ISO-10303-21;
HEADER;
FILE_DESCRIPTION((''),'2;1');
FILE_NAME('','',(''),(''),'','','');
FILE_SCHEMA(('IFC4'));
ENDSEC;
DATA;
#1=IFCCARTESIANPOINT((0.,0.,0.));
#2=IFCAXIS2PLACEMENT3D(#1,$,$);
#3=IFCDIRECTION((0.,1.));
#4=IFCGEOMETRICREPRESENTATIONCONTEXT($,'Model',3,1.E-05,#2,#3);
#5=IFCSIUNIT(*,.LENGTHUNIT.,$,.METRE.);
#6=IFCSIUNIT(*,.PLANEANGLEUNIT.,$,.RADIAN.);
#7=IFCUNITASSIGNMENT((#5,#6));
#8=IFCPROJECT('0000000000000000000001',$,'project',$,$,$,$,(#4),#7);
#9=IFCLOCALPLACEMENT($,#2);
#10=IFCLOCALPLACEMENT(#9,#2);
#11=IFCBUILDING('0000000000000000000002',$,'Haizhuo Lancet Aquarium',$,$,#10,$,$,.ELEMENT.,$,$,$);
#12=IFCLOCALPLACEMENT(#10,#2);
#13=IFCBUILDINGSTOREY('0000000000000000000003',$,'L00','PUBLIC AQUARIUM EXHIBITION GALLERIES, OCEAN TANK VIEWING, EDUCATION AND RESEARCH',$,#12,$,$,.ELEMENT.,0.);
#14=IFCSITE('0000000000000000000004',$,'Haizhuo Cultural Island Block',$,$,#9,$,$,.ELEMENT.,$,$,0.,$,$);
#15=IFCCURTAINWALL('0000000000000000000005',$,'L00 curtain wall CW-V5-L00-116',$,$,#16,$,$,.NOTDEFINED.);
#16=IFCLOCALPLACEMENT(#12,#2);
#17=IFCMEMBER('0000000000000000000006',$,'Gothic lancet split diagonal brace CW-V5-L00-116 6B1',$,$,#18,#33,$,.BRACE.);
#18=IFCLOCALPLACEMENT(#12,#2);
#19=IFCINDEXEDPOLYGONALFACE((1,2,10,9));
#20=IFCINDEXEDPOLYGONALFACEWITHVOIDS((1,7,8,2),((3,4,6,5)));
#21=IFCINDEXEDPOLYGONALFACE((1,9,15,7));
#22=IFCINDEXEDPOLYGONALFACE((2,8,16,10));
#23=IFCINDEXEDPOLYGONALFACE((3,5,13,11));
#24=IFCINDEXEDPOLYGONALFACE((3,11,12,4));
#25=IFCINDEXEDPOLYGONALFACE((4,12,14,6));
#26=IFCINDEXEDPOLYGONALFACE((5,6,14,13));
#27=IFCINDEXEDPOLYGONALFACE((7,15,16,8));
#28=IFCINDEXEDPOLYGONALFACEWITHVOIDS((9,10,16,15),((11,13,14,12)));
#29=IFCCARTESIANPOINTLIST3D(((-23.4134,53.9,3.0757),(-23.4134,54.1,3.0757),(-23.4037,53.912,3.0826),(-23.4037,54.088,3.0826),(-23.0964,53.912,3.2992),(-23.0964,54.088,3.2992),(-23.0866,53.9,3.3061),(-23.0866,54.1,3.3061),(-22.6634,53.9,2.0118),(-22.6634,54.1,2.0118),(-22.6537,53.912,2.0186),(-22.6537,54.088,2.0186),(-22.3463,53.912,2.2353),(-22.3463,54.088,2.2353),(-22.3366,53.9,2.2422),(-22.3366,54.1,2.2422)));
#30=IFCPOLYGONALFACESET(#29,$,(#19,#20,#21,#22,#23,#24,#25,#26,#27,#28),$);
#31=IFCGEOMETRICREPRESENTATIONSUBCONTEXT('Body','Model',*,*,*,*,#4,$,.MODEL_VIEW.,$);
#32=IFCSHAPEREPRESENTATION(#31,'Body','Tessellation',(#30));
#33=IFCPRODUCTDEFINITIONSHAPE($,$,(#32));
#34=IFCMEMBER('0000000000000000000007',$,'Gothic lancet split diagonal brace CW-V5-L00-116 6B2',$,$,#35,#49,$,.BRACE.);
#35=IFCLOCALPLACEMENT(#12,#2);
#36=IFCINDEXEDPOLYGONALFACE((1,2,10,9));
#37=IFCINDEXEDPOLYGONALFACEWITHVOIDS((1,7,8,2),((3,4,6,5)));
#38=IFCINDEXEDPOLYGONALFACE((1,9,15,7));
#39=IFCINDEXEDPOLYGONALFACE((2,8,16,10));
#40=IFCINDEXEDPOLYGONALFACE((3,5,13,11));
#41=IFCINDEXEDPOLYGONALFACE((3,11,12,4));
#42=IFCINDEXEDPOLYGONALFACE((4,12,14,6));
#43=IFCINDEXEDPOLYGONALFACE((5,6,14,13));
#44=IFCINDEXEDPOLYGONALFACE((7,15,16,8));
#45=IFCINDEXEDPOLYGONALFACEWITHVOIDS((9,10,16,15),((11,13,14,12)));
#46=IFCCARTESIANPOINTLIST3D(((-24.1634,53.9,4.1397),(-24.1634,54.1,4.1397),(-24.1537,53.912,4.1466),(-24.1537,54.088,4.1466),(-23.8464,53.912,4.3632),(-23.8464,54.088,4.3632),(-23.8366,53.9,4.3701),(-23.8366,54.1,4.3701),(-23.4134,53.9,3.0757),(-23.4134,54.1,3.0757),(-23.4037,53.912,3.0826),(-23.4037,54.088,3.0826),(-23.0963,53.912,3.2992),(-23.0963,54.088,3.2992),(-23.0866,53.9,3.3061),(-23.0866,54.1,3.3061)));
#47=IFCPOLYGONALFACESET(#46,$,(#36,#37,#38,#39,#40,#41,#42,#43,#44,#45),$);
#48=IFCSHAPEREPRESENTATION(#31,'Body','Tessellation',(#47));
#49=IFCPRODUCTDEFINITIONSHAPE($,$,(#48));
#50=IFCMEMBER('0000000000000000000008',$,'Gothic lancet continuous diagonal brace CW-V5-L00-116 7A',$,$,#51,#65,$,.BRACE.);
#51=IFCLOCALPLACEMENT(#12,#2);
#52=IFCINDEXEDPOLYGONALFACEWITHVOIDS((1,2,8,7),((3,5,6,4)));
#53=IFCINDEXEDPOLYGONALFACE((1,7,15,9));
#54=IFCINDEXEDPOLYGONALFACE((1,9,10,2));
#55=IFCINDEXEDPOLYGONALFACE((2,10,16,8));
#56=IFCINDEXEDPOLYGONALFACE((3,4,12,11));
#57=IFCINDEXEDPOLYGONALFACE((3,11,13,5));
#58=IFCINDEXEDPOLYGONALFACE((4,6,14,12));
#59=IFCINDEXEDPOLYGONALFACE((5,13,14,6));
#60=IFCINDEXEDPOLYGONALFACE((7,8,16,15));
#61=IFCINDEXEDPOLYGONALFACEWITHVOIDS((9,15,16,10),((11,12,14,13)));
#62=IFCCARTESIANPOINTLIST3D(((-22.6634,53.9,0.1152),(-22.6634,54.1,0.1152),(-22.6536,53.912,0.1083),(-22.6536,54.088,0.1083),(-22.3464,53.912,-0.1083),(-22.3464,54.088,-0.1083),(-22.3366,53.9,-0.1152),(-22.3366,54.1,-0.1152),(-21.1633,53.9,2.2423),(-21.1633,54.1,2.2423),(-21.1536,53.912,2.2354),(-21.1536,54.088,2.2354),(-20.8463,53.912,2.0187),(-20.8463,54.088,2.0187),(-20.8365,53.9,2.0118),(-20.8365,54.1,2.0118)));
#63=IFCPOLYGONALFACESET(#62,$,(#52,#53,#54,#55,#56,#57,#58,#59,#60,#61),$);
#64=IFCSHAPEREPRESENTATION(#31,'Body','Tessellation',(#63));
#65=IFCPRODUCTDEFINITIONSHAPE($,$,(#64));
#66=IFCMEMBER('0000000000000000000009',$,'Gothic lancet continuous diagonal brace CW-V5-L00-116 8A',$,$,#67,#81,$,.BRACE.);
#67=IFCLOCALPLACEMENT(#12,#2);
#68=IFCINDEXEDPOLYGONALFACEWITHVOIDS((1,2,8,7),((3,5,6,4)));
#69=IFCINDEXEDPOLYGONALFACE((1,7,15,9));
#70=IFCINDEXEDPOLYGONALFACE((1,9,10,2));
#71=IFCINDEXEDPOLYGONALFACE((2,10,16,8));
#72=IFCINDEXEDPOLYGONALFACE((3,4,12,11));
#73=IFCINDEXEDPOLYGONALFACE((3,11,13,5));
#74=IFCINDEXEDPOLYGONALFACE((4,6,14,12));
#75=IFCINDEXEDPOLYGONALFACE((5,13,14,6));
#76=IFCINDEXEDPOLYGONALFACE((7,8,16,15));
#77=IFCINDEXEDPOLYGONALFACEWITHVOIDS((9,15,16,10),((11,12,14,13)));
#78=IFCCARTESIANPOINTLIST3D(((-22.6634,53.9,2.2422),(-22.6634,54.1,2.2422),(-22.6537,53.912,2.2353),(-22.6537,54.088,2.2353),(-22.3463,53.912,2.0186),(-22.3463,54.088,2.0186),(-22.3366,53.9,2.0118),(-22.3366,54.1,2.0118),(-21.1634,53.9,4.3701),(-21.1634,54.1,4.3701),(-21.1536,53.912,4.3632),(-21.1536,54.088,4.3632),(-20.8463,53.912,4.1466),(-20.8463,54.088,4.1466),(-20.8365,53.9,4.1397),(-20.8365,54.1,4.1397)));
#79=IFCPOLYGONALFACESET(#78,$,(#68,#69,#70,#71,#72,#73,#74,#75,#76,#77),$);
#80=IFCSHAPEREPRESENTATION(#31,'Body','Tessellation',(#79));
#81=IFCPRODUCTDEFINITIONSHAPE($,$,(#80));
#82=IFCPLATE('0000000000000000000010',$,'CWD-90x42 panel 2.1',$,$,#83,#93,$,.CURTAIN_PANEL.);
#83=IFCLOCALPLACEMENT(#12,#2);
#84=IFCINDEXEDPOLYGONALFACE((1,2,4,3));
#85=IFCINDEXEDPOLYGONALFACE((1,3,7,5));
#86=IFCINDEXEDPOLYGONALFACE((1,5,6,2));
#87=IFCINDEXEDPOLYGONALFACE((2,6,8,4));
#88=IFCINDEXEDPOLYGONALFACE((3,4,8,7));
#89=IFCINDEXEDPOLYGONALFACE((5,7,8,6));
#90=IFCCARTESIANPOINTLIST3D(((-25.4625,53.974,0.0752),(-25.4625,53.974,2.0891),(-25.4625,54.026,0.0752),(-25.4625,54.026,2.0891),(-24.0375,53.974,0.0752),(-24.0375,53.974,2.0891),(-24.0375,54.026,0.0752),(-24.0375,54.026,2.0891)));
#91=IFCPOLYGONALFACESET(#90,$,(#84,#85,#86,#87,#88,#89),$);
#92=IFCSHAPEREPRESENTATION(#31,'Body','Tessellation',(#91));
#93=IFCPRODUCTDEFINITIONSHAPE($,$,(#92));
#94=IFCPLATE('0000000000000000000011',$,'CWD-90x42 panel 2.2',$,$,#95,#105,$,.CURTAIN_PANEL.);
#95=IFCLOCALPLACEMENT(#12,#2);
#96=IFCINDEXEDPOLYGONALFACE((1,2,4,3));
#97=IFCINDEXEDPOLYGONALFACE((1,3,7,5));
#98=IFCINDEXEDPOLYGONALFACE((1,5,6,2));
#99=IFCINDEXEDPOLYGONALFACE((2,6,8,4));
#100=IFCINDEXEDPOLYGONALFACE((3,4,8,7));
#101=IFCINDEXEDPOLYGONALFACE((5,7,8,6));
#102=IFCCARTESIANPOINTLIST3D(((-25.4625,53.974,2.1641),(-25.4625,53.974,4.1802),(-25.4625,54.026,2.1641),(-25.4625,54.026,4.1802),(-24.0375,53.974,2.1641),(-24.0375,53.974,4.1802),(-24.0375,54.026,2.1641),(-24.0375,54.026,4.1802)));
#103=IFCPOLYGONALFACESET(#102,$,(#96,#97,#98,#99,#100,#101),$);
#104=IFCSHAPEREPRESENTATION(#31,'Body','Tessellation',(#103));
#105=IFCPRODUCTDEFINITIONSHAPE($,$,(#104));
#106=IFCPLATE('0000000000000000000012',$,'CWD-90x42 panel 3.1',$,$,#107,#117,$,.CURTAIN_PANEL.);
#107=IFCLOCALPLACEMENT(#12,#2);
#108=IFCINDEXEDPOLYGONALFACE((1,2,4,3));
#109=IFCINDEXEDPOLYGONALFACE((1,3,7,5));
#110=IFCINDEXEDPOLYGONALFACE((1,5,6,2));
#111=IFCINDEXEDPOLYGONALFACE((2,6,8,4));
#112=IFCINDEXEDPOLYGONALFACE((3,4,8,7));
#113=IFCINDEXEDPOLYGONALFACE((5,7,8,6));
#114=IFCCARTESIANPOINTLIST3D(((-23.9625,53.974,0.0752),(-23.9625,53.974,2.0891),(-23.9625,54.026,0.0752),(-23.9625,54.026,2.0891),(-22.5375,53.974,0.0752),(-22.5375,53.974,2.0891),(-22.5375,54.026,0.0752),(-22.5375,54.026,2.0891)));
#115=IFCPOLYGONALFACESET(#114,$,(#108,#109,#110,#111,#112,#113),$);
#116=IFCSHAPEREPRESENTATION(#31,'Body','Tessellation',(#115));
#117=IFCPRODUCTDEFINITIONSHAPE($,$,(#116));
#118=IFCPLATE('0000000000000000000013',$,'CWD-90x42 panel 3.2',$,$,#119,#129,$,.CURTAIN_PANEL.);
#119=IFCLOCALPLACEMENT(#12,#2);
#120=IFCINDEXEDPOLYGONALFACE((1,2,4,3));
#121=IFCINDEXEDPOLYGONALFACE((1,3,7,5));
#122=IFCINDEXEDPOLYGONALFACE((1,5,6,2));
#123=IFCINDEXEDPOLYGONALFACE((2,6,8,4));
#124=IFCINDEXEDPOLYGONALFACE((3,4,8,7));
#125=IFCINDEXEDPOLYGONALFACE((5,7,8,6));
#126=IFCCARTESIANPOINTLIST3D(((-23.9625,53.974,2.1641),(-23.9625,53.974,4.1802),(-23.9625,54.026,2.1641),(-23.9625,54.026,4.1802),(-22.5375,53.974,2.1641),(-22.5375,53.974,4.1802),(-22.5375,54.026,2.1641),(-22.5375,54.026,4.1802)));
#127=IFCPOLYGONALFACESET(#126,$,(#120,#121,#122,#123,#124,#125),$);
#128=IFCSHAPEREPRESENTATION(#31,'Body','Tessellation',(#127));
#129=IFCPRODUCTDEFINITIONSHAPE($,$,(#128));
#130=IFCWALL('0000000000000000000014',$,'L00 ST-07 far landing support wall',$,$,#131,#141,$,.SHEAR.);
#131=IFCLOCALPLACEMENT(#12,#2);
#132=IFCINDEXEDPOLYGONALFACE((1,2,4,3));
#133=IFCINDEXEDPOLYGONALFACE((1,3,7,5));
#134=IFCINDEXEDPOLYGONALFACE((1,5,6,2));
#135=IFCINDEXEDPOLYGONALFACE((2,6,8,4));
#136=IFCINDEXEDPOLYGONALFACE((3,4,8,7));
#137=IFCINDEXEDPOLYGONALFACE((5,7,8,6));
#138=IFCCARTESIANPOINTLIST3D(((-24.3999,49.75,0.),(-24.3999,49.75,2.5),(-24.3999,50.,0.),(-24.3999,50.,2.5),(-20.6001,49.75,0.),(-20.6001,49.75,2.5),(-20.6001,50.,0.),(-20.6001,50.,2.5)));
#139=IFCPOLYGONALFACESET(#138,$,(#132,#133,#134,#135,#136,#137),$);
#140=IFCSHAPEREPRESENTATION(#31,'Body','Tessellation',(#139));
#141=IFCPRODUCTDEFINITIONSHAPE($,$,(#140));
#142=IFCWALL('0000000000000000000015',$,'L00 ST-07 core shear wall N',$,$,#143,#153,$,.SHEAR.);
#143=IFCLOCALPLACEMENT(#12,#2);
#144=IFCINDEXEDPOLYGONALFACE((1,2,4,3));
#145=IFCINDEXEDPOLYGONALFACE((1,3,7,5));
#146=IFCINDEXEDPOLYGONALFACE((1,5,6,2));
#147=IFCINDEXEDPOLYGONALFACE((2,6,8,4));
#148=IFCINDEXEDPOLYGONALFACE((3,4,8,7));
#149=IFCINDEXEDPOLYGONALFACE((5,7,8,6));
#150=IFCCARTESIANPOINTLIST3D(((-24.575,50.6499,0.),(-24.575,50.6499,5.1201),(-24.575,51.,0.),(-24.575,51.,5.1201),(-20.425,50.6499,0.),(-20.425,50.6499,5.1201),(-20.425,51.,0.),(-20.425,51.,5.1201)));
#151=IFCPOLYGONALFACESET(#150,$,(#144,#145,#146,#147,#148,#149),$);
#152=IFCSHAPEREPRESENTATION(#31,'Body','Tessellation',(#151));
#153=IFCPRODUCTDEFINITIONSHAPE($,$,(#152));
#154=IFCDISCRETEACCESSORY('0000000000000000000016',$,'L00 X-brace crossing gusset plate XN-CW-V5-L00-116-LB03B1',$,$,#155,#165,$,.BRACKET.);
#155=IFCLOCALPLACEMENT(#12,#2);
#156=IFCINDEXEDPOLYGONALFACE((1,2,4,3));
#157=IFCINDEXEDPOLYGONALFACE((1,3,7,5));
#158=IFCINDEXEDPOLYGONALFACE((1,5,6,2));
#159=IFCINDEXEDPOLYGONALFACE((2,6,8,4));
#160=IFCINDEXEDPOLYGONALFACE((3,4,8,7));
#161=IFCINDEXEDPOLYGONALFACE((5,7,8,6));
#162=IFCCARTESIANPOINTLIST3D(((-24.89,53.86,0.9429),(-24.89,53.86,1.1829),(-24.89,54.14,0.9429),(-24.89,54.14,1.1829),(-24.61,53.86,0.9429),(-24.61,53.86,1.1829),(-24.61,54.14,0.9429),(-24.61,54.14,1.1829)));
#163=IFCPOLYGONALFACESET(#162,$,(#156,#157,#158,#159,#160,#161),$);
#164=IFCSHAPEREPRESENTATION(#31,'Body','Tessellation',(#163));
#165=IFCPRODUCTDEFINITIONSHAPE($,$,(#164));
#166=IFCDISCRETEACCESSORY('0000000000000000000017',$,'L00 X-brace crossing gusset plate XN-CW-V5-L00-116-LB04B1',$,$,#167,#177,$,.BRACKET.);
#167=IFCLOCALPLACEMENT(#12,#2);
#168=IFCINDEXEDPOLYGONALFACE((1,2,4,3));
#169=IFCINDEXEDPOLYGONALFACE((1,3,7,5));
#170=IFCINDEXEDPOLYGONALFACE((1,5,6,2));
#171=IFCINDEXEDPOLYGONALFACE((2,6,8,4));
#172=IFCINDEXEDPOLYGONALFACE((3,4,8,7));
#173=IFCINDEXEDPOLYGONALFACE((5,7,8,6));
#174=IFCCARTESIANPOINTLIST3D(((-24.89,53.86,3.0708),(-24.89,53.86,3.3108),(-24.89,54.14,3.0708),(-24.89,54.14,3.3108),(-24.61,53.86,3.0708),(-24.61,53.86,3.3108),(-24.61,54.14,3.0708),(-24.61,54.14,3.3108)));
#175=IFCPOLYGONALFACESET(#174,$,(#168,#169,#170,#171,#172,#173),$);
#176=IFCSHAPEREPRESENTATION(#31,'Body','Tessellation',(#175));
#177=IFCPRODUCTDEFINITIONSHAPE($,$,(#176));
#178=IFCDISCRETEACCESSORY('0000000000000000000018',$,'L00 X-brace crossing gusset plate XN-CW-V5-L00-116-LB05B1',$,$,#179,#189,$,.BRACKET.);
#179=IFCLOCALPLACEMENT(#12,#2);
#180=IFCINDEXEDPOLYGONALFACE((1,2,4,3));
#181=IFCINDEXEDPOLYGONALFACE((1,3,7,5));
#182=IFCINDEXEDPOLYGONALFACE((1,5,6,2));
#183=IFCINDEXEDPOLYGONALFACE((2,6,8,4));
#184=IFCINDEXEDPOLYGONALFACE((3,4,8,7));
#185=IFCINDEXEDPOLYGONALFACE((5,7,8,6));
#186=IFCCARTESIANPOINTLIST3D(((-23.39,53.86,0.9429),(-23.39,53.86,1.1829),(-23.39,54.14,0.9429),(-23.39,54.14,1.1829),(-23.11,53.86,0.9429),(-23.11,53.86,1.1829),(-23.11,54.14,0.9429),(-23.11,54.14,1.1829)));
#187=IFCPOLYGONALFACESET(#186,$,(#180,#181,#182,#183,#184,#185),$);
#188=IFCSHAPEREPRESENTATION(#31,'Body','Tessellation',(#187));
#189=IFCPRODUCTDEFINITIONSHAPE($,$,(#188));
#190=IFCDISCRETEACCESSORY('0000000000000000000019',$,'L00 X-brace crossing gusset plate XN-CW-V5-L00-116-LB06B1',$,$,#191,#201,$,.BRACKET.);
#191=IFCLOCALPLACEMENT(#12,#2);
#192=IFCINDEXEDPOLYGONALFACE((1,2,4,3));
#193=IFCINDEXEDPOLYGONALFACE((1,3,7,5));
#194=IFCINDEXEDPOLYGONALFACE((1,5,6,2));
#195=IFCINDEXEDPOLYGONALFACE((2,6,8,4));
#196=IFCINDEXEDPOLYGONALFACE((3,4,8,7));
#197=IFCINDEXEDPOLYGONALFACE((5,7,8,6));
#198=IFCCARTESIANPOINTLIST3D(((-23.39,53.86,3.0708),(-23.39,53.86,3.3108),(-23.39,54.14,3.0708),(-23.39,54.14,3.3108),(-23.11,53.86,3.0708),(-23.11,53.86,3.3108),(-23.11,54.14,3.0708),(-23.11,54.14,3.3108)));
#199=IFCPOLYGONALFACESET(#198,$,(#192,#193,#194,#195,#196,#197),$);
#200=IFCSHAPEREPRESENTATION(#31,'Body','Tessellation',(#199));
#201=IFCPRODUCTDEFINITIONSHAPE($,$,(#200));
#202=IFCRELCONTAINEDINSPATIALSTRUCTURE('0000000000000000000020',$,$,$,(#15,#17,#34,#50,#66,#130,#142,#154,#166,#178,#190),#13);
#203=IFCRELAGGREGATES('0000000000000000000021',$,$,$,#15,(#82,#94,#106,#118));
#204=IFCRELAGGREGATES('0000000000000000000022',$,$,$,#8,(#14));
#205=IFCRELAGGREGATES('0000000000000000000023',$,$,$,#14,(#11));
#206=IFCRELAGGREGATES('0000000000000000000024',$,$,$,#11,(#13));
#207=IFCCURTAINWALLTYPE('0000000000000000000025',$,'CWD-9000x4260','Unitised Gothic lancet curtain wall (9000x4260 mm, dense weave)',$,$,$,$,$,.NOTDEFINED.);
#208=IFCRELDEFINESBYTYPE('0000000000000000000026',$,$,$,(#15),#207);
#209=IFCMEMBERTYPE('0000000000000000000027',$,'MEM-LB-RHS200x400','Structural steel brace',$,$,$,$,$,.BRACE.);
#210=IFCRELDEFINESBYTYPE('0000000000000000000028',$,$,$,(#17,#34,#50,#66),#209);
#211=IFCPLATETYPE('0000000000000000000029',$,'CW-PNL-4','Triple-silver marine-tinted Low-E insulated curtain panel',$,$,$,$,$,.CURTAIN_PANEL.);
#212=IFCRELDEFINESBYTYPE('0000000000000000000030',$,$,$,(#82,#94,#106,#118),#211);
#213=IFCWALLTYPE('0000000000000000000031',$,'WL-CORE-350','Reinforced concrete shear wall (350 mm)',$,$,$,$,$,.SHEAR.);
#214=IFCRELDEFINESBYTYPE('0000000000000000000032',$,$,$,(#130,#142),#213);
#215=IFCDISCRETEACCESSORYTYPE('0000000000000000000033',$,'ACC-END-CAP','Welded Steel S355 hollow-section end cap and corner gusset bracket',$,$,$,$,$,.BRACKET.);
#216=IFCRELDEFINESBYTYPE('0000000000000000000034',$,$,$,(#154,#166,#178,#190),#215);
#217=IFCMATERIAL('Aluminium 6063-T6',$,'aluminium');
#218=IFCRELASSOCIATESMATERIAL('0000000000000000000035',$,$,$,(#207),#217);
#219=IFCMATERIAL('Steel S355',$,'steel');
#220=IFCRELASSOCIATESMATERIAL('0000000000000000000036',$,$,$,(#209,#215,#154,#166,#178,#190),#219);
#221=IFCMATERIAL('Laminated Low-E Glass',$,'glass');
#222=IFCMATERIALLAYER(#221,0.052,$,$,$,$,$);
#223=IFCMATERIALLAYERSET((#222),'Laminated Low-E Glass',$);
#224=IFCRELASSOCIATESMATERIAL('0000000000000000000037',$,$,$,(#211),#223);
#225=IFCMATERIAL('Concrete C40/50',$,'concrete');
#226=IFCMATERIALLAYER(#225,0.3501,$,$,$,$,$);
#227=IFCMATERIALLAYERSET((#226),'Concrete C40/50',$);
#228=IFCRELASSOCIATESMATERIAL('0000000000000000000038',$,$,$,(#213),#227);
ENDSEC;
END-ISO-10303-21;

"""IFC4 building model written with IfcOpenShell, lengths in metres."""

from ifc_helpers import new_model, si_unit, direction, frame, frame_2d, origin, origin_2d, place, context, subcontext, project, spatial, rectangle, hollow_rectangle, extrude, material, layer, layer_set, material_profile, profile_set, type_object, element, aggregate, save


model = new_model("IFC4")

# Units and contexts
model_context = context("Model", 3, precision=1e-05, world=origin(), true_north=direction((0.0, 1.0)))
body_context = subcontext(model_context, "Body", "Model", "MODEL_VIEW")
ifc_project = project(units=[si_unit("LENGTHUNIT", "METRE"), si_unit("PLANEANGLEUNIT", "RADIAN")], contexts=[model_context])

# Site, building, storey
site_placement = place(None, origin())
site = spatial("IfcSite", under=ifc_project, at=site_placement, Name="Haizhuo Cultural Island Block", CompositionType="ELEMENT", RefElevation=0.0)
building_placement = place(site_placement, origin())
building = spatial("IfcBuilding", under=site, at=building_placement, Name="Haizhuo Lancet Aquarium", CompositionType="ELEMENT")
storey_placement = place(building_placement, origin())
storey = spatial("IfcBuildingStorey", under=building, at=storey_placement, Name="L00", Description="PUBLIC AQUARIUM EXHIBITION GALLERIES, OCEAN TANK VIEWING, EDUCATION AND RESEARCH", CompositionType="ELEMENT", Elevation=0.0)

# Curtain wall
ifc_material_1 = material(Name="Aluminium 6063-T6", Category="aluminium")
curtain_wall_type = type_object("IfcCurtainWallType", Name="CWD-9000x4260", Description="Unitised Gothic lancet curtain wall (9000x4260 mm, dense weave)", PredefinedType="NOTDEFINED", material=ifc_material_1)
curtain_wall_placement = place(storey_placement, origin())
curtain_wall = element("IfcCurtainWall", 1, at=curtain_wall_placement, inside=storey, type_object=curtain_wall_type, Name="L00 curtain wall CW-V5-L00-116", PredefinedType="NOTDEFINED")

# Members
ifc_material_2 = material(Name="Steel S355", Category="steel")
ifc_material_profile_1 = material_profile(ifc_material_2, hollow_rectangle(XDim=0.2, YDim=0.3999, WallThickness=0.012, at=origin_2d()), Name="RHS 200x400x12")
ifc_profile_set_1 = profile_set([ifc_material_profile_1], Name="Steel S355")
member_type_1 = type_object("IfcMemberType", Name="MEM-LB-RHS200x400", Description="Structural steel brace", PredefinedType="BRACE", material=ifc_profile_set_1)
for number, where, z_axis, x_axis, name in (
    (2, (-22.5, 54.0, 2.127), (-0.576153, 0.0, 0.817342), (0.0, -1.0, 0.0), "Gothic lancet split diagonal brace CW-V5-L00-116 6B1"),
    (3, (-23.25, 54.0, 3.1909), (-0.576153, 0.0, 0.817342), (0.0, -1.0, 0.0), "Gothic lancet split diagonal brace CW-V5-L00-116 6B2"),
):
    element("IfcMember", number, at=place(storey_placement, frame(where, z_axis=z_axis, x_axis=x_axis)), inside=storey, type_object=member_type_1, Name=name, PredefinedType="BRACE", context=body_context, shape_type="SweptSolid", body=[
        extrude(hollow_rectangle(XDim=0.2, YDim=0.3999, WallThickness=0.012, at=origin_2d()), origin(), (0.0, 0.0, 1.0), 1.3018),
    ])
member_1_placement = place(storey_placement, frame((-22.5, 54.0, 0.0), z_axis=(0.57633, 0.0, 0.817217), x_axis=(0.0, 1.0, 0.0)))
element("IfcMember", 4, at=member_1_placement, inside=storey, type_object=member_type_1, Name="Gothic lancet continuous diagonal brace CW-V5-L00-116 7A", PredefinedType="BRACE", context=body_context, shape_type="SweptSolid", body=[
    extrude(hollow_rectangle(XDim=0.2, YDim=0.3999, WallThickness=0.012, at=origin_2d()), origin(), (0.0, 0.0, 1.0), 2.6028),
])
member_2_placement = place(storey_placement, frame((-22.5, 54.0, 2.127), z_axis=(0.576153, 0.0, 0.817342), x_axis=(0.0, 1.0, 0.0)))
element("IfcMember", 5, at=member_2_placement, inside=storey, type_object=member_type_1, Name="Gothic lancet continuous diagonal brace CW-V5-L00-116 8A", PredefinedType="BRACE", context=body_context, shape_type="SweptSolid", body=[
    extrude(hollow_rectangle(XDim=0.2, YDim=0.3999, WallThickness=0.012, at=origin_2d()), origin(), (0.0, 0.0, 1.0), 2.6035),
])

# Plates
ifc_material_3 = material(Name="Laminated Low-E Glass", Category="glass")
ifc_layer_1 = layer(ifc_material_3, 0.052)
ifc_layer_set_1 = layer_set([ifc_layer_1], Name="Laminated Low-E Glass")
plate_type = type_object("IfcPlateType", Name="CW-PNL-4", Description="Triple-silver marine-tinted Low-E insulated curtain panel", PredefinedType="CURTAIN_PANEL", material=ifc_layer_set_1)
plate_1_placement = place(storey_placement, frame((-24.75, 54.0, 0.0752), z_axis=(0.0, 0.0, 1.0), x_axis=(1.0, 0.0, 0.0)))
plate_1 = element("IfcPlate", 6, at=plate_1_placement, type_object=plate_type, Name="CWD-90x42 panel 2.1", PredefinedType="CURTAIN_PANEL", context=body_context, shape_type="SweptSolid", body=[
    extrude(rectangle(XDim=1.425, YDim=0.052, at=origin_2d()), origin(), (0.0, 0.0, 1.0), 2.0139),
])
plate_2_placement = place(storey_placement, frame((-24.75, 54.0, 2.1641), z_axis=(0.0, 0.0, 1.0), x_axis=(1.0, 0.0, 0.0)))
plate_2 = element("IfcPlate", 7, at=plate_2_placement, type_object=plate_type, Name="CWD-90x42 panel 2.2", PredefinedType="CURTAIN_PANEL", context=body_context, shape_type="SweptSolid", body=[
    extrude(rectangle(XDim=1.425, YDim=0.052, at=origin_2d()), origin(), (0.0, 0.0, 1.0), 2.0161),
])
plate_3_placement = place(storey_placement, frame((-23.25, 54.0, 0.0752), z_axis=(0.0, 0.0, 1.0), x_axis=(1.0, 0.0, 0.0)))
plate_3 = element("IfcPlate", 8, at=plate_3_placement, type_object=plate_type, Name="CWD-90x42 panel 3.1", PredefinedType="CURTAIN_PANEL", context=body_context, shape_type="SweptSolid", body=[
    extrude(rectangle(XDim=1.425, YDim=0.052, at=origin_2d()), origin(), (0.0, 0.0, 1.0), 2.0139),
])
plate_4_placement = place(storey_placement, frame((-23.25, 54.0, 2.1641), z_axis=(0.0, 0.0, 1.0), x_axis=(1.0, 0.0, 0.0)))
plate_4 = element("IfcPlate", 9, at=plate_4_placement, type_object=plate_type, Name="CWD-90x42 panel 3.2", PredefinedType="CURTAIN_PANEL", context=body_context, shape_type="SweptSolid", body=[
    extrude(rectangle(XDim=1.425, YDim=0.052, at=origin_2d()), origin(), (0.0, 0.0, 1.0), 2.0161),
])
aggregate(curtain_wall, [plate_1, plate_2, plate_3, plate_4])

# Walls
ifc_material_4 = material(Name="Concrete C40/50", Category="concrete")
ifc_layer_2 = layer(ifc_material_4, 0.3501)
ifc_layer_set_2 = layer_set([ifc_layer_2], Name="Concrete C40/50")
wall_type = type_object("IfcWallType", Name="WL-CORE-350", Description="Reinforced concrete shear wall (350 mm)", PredefinedType="SHEAR", material=ifc_layer_set_2)
wall_1_placement = place(storey_placement, frame((-24.3999, 49.875, 0.0), z_axis=(0.0, 0.0, 1.0), x_axis=(1.0, 0.0, 0.0)))
element("IfcWall", 10, at=wall_1_placement, inside=storey, type_object=wall_type, Name="L00 ST-07 far landing support wall", PredefinedType="SHEAR", context=body_context, shape_type="SweptSolid", body=[
    extrude(rectangle(XDim=3.7998, YDim=0.25, at=frame_2d((1.8999, 0.0))), origin(), (0.0, 0.0, 1.0), 2.5),
])
wall_2_placement = place(storey_placement, frame((-24.575, 50.825, 0.0), z_axis=(0.0, 0.0, 1.0), x_axis=(1.0, 0.0, 0.0)))
element("IfcWall", 11, at=wall_2_placement, inside=storey, type_object=wall_type, Name="L00 ST-07 core shear wall N", PredefinedType="SHEAR", context=body_context, shape_type="SweptSolid", body=[
    extrude(rectangle(XDim=4.1499, YDim=0.3501, at=frame_2d((2.075, 0.0))), origin(), (0.0, 0.0, 1.0), 5.1201),
])

# Discrete accessories
discrete_accessory_type = type_object("IfcDiscreteAccessoryType", Name="ACC-END-CAP", Description="Welded Steel S355 hollow-section end cap and corner gusset bracket", PredefinedType="BRACKET", material=ifc_material_2)
for number, where, z_axis, x_axis, name in (
    (12, (-24.75, 54.0, 0.9429), (0.0, 0.0, 1.0), (1.0, 0.0, 0.0), "L00 X-brace crossing gusset plate XN-CW-V5-L00-116-LB03B1"),
    (13, (-24.75, 54.0, 3.0708), (0.0, 0.0, 1.0), (1.0, 0.0, 0.0), "L00 X-brace crossing gusset plate XN-CW-V5-L00-116-LB04B1"),
    (14, (-23.25, 54.0, 0.9429), (0.0, 0.0, 1.0), (1.0, 0.0, 0.0), "L00 X-brace crossing gusset plate XN-CW-V5-L00-116-LB05B1"),
    (15, (-23.25, 54.0, 3.0708), (0.0, 0.0, 1.0), (1.0, 0.0, 0.0), "L00 X-brace crossing gusset plate XN-CW-V5-L00-116-LB06B1"),
):
    element("IfcDiscreteAccessory", number, at=place(storey_placement, frame(where, z_axis=z_axis, x_axis=x_axis)), inside=storey, type_object=discrete_accessory_type, material=ifc_material_2, Name=name, PredefinedType="BRACKET", context=body_context, shape_type="SweptSolid", body=[
        extrude(rectangle(XDim=0.28, YDim=0.28, at=origin_2d()), origin(), (0.0, 0.0, 1.0), 0.24),
    ])

save(model, "model.ifc")
